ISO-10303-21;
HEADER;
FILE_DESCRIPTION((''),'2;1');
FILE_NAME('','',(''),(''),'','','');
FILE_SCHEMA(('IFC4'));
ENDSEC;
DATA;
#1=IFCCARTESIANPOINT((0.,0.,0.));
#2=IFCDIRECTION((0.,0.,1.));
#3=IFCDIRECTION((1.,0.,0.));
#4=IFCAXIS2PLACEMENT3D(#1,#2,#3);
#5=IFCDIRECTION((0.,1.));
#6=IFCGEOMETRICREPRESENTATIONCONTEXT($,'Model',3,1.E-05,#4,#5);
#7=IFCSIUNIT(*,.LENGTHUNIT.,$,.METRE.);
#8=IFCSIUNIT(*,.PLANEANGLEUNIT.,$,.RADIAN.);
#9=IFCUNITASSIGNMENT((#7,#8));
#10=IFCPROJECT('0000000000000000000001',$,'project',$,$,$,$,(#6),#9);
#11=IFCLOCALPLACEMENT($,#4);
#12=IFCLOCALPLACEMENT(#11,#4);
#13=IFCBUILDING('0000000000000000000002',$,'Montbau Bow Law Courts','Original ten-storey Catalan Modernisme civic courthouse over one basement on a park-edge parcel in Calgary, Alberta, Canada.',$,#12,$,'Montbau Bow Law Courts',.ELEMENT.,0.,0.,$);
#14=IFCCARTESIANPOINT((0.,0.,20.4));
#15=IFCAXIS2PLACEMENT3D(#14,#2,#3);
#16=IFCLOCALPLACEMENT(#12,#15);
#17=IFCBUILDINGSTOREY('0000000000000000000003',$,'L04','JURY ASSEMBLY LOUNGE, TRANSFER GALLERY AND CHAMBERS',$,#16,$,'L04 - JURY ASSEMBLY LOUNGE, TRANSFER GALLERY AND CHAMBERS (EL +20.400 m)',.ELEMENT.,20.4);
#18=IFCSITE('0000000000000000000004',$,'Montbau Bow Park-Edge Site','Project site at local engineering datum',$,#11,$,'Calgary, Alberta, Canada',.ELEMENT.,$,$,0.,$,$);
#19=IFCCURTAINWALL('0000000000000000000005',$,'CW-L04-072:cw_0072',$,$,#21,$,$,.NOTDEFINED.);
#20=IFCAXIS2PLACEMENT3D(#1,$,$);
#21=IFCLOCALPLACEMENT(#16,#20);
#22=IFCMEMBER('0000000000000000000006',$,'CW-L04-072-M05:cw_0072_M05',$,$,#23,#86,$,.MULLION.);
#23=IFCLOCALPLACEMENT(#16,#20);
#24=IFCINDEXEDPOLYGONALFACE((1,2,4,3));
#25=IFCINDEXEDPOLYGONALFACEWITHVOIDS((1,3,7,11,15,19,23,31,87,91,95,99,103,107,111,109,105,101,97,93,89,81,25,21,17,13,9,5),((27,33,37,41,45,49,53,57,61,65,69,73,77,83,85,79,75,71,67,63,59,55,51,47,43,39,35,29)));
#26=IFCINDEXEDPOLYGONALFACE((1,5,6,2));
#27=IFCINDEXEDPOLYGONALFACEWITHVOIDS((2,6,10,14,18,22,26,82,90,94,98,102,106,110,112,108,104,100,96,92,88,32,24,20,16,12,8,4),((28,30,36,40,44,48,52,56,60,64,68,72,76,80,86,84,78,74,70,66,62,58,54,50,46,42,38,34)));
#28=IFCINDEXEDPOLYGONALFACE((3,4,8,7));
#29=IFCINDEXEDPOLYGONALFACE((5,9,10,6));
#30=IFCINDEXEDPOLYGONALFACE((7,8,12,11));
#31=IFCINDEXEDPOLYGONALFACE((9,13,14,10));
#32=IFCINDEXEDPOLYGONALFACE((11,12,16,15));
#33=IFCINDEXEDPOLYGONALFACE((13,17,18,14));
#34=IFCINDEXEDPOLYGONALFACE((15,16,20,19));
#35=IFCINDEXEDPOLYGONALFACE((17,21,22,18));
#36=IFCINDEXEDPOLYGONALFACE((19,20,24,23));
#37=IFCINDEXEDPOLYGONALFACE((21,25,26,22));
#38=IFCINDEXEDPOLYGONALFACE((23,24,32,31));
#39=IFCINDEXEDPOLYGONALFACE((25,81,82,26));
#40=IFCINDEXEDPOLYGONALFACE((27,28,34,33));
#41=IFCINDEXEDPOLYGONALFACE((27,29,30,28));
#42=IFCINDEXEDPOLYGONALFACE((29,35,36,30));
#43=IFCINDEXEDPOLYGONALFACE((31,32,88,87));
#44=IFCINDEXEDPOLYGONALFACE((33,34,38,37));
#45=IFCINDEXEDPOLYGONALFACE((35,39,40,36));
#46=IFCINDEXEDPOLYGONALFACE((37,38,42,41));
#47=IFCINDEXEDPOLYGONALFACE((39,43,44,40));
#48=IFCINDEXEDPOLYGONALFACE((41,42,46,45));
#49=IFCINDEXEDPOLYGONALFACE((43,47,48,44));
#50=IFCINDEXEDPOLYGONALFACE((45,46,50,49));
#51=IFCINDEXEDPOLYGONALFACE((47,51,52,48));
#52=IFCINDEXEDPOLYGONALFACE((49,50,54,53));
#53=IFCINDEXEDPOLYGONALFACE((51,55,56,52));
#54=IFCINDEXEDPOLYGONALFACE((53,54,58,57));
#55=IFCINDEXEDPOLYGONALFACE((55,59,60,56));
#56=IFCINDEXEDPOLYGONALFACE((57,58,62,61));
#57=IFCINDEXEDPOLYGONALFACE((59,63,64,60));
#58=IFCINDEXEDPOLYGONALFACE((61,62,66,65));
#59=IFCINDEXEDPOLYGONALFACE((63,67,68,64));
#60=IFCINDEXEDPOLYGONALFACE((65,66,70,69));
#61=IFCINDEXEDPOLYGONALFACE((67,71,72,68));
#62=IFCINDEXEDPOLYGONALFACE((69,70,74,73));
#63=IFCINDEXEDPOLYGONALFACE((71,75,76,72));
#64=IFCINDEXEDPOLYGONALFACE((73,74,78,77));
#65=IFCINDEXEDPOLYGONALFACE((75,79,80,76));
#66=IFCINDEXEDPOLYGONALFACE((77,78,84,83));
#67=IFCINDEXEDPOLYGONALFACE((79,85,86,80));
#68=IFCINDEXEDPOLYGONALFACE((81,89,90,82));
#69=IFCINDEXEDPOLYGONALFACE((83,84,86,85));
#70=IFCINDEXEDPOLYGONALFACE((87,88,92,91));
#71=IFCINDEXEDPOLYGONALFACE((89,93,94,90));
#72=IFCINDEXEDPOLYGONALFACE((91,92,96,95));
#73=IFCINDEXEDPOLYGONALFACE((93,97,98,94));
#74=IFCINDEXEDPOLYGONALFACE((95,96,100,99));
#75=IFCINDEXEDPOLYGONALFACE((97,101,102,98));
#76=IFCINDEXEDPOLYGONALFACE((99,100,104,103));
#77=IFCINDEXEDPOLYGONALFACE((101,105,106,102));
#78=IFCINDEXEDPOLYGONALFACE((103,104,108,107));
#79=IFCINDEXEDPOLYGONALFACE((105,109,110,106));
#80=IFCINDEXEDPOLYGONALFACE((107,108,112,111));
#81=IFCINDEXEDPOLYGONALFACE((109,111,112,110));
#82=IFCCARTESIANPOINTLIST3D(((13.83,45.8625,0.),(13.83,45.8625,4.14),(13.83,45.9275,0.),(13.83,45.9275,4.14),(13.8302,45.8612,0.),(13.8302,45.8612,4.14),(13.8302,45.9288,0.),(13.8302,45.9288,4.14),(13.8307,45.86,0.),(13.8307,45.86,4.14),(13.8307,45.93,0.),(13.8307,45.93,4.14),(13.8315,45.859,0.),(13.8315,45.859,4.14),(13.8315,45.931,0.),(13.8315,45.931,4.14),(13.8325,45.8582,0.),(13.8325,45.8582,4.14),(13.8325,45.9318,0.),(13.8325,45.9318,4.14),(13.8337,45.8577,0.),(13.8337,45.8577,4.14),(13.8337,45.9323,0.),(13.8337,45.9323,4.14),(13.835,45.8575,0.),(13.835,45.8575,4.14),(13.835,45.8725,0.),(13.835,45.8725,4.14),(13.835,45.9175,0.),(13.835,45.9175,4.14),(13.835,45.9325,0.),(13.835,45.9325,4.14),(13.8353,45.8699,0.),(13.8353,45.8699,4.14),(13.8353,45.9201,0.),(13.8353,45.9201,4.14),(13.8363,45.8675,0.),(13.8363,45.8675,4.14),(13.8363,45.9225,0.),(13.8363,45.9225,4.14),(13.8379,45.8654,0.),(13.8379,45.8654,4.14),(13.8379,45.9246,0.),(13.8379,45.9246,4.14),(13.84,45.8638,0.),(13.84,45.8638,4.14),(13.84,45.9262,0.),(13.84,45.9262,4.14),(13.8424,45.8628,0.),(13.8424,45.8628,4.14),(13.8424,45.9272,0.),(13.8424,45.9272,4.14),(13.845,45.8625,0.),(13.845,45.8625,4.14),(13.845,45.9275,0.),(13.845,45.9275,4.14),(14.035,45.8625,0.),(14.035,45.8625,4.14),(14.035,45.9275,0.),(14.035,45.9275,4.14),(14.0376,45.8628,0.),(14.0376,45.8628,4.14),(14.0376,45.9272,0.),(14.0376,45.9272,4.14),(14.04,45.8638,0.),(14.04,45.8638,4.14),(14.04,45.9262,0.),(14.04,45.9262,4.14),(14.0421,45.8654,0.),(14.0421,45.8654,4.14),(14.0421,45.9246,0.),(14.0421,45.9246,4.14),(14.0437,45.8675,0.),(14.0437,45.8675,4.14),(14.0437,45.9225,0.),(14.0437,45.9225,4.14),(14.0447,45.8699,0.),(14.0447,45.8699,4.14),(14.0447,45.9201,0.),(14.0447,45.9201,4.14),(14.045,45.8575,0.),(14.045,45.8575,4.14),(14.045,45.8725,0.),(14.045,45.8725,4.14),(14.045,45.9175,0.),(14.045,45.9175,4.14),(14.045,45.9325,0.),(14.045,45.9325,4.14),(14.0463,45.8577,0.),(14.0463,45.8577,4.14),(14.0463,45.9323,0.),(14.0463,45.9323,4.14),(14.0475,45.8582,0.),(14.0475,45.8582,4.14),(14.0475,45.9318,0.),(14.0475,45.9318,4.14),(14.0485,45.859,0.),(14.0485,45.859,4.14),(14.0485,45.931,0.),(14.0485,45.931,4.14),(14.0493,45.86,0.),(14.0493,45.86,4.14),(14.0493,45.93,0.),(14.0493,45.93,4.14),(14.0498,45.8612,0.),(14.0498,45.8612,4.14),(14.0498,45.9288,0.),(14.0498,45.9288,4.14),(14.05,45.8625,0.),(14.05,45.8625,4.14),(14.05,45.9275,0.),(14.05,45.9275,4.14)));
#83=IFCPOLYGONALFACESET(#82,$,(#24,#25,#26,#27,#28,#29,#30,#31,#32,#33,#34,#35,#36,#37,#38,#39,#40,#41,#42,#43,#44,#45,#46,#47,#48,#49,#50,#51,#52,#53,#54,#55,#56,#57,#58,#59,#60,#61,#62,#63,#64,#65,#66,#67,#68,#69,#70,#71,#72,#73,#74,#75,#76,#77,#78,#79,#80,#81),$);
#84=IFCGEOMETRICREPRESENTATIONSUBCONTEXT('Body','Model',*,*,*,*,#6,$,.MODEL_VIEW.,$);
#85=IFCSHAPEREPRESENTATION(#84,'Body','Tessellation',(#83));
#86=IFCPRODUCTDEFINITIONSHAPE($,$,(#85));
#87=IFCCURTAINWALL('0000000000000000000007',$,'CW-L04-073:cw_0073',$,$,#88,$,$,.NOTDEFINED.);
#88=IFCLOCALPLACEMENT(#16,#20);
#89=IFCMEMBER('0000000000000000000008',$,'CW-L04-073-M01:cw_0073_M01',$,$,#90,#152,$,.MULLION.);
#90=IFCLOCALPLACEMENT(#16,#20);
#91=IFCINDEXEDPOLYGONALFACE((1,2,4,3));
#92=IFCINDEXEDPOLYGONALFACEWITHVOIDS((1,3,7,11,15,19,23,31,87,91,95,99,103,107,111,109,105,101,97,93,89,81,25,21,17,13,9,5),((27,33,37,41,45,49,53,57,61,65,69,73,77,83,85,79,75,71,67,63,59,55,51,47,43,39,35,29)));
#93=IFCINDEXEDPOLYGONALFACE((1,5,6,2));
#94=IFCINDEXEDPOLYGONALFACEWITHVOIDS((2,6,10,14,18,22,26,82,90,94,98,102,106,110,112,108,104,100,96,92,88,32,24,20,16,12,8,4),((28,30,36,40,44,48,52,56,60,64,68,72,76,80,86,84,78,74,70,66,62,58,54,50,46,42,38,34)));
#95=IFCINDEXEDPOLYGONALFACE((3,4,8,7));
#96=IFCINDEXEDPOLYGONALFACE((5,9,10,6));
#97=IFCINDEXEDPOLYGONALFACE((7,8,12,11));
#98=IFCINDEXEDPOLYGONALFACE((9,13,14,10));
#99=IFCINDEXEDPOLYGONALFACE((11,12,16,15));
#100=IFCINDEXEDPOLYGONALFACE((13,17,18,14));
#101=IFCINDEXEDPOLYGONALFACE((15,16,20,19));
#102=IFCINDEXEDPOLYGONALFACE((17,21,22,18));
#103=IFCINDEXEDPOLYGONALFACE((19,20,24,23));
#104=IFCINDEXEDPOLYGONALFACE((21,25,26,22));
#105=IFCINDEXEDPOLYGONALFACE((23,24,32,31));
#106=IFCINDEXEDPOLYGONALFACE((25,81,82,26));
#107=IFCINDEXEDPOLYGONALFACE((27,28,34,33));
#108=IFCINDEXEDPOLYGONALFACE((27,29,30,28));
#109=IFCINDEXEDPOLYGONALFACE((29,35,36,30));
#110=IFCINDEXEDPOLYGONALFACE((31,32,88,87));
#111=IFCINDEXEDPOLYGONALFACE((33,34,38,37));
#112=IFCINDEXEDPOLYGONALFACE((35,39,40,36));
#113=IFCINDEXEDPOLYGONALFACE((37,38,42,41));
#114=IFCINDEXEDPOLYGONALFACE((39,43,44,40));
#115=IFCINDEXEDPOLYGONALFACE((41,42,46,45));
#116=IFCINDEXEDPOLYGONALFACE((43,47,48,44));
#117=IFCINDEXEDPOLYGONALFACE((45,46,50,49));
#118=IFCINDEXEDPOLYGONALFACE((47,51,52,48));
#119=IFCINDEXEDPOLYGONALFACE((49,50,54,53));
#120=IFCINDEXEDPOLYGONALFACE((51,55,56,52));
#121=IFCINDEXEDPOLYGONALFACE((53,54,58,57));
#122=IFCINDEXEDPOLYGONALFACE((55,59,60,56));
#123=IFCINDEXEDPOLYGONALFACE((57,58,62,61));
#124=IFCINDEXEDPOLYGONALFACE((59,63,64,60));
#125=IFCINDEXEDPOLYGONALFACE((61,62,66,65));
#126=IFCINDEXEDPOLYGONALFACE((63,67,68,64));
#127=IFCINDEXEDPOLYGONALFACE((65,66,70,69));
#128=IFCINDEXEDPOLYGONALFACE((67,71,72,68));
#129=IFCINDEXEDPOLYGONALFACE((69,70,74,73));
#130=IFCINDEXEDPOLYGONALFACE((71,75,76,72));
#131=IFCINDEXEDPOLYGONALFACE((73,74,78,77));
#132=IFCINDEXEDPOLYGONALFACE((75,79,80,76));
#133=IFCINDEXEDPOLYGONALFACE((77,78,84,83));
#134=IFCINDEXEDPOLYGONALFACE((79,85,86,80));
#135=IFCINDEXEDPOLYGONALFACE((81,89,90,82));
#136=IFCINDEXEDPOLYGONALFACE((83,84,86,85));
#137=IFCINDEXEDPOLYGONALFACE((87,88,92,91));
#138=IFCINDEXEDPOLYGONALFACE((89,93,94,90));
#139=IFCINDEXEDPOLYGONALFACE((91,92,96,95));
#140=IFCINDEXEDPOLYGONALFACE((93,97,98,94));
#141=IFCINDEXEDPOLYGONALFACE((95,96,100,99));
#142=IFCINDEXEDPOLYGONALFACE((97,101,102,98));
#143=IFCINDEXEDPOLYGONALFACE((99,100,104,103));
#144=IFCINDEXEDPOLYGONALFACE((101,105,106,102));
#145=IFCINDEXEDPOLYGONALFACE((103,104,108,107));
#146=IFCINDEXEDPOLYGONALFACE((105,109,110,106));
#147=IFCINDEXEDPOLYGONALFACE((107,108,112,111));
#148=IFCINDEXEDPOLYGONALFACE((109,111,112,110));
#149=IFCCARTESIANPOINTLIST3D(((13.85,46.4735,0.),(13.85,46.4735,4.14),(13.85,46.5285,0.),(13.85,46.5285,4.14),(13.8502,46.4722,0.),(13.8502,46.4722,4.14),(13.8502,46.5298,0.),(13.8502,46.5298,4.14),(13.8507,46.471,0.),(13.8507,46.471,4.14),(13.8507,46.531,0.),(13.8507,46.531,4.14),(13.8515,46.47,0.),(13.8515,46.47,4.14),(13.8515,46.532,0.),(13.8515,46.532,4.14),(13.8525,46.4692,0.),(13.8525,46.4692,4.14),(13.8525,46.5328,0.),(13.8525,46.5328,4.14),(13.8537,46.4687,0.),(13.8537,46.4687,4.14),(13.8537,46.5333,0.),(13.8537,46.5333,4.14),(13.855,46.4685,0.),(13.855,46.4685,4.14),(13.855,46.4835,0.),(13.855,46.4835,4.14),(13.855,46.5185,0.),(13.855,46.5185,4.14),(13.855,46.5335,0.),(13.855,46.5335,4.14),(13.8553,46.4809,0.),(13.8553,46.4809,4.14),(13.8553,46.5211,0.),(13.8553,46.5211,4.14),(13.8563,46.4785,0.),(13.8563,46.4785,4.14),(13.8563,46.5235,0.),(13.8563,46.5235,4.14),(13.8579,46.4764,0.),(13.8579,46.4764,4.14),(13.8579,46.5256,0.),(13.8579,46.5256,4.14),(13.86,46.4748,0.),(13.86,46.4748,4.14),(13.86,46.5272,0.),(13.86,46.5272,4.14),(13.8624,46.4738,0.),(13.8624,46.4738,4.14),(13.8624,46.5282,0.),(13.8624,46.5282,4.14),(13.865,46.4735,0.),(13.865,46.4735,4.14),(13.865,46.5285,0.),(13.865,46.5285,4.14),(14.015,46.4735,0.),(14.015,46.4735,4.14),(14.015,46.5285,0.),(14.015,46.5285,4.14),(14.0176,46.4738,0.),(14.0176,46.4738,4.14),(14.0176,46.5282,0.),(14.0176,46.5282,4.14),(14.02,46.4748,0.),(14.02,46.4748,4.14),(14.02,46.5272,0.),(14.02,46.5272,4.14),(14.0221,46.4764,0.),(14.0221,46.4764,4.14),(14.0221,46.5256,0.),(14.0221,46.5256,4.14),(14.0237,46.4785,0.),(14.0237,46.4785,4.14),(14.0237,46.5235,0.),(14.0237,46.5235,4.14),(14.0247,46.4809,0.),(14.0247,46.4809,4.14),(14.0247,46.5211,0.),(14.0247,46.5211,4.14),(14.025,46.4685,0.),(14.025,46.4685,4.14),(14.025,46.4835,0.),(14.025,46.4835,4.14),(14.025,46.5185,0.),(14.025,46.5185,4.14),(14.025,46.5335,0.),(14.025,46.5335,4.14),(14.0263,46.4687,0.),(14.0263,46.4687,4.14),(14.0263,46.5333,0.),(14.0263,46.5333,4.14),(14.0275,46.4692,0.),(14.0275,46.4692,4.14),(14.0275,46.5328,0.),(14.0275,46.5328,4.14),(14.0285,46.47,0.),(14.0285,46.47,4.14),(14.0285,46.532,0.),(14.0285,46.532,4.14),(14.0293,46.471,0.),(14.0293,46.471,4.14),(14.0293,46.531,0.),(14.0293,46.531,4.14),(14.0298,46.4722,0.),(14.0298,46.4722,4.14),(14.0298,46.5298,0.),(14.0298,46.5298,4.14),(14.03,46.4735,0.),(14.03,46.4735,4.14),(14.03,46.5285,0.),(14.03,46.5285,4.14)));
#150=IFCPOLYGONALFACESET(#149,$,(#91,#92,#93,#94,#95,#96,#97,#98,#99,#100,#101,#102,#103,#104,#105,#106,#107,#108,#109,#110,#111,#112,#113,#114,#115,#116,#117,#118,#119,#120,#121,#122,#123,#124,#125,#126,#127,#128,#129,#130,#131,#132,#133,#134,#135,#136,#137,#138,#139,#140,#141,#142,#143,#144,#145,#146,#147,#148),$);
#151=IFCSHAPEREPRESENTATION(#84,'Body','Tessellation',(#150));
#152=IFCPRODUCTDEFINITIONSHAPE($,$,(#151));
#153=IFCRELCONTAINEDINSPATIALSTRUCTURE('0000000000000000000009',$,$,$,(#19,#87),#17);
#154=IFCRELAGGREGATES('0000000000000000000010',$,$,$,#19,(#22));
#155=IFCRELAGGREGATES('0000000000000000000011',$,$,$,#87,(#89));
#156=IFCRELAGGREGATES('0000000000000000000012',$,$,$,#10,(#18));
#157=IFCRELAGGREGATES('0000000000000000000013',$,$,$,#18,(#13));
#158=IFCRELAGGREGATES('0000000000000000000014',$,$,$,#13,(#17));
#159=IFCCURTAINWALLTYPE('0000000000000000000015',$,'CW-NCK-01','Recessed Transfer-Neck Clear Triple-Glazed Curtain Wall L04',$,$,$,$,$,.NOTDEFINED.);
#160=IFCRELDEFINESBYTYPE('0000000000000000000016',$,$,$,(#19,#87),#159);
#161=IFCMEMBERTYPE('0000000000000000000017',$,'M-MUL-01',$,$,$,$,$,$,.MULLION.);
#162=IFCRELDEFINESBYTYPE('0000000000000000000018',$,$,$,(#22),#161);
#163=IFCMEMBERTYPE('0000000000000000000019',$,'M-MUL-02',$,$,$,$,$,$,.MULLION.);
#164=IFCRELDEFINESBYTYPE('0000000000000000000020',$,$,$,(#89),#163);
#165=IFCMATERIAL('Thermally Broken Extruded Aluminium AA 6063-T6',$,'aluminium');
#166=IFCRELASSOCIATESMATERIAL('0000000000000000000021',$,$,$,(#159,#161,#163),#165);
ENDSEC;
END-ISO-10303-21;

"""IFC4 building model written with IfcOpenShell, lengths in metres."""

from ifc_helpers import new_model, si_unit, direction, frame, origin_with_axes, origin_2d_with_axis, place, context, subcontext, project, spatial, hollow_rectangle, extrude, material, material_profile, profile_set, type_object, element, aggregate, save


model = new_model("IFC4")

# Units and contexts
model_context = context("Model", 3, precision=1e-05, world=origin_with_axes(), true_north=direction((0.0, 1.0)))
body_context = subcontext(model_context, "Body", "Model", "MODEL_VIEW")
ifc_project = project(units=[si_unit("LENGTHUNIT", "METRE"), si_unit("PLANEANGLEUNIT", "RADIAN")], contexts=[model_context])

# Site, building, storey
site_placement = place(None, origin_with_axes())
site = spatial("IfcSite", under=ifc_project, at=site_placement, Name="Montbau Bow Park-Edge Site", Description="Project site at local engineering datum", LongName="Calgary, Alberta, Canada", CompositionType="ELEMENT", RefElevation=0.0)
building_placement = place(site_placement, origin_with_axes())
building = spatial("IfcBuilding", under=site, at=building_placement, Name="Montbau Bow Law Courts", Description="Original ten-storey Catalan Modernisme civic courthouse over one basement on a park-edge parcel in Calgary, Alberta, Canada.", LongName="Montbau Bow Law Courts", CompositionType="ELEMENT", ElevationOfRefHeight=0.0, ElevationOfTerrain=0.0)
storey_placement = place(building_placement, frame((0.0, 0.0, 20.4), z_axis=(0.0, 0.0, 1.0), x_axis=(1.0, 0.0, 0.0)))
storey = spatial("IfcBuildingStorey", under=building, at=storey_placement, Name="L04", Description="JURY ASSEMBLY LOUNGE, TRANSFER GALLERY AND CHAMBERS", LongName="L04 - JURY ASSEMBLY LOUNGE, TRANSFER GALLERY AND CHAMBERS (EL +20.400 m)", CompositionType="ELEMENT", Elevation=20.4)

# Curtain wall, member
ifc_material_1 = material(Name="Thermally Broken Extruded Aluminium AA 6063-T6", Category="aluminium")
curtain_wall_type = type_object("IfcCurtainWallType", Name="CW-NCK-01", Description="Recessed Transfer-Neck Clear Triple-Glazed Curtain Wall L04", PredefinedType="NOTDEFINED", material=ifc_material_1)
curtain_wall_1_placement = place(None, frame((13.94, 39.515, 20.4), z_axis=(0.0, 0.0, 1.0), x_axis=(1.0, 0.0, 0.0)))
curtain_wall_1 = element("IfcCurtainWall", 1, at=curtain_wall_1_placement, inside=storey, type_object=curtain_wall_type, Name="CW-L04-072:cw_0072", PredefinedType="NOTDEFINED")
ifc_material_profile_1 = material_profile(ifc_material_1, hollow_rectangle(XDim=0.075, YDim=0.22, WallThickness=0.005, InnerFilletRadius=0.01, OuterFilletRadius=0.005, at=origin_2d_with_axis()), Name="CWM-220X75", Category="Main", Priority=0)
ifc_profile_set_1 = profile_set([ifc_material_profile_1], Name="Thermally Broken Extruded Aluminium AA 6063-T6")
member_type_1 = type_object("IfcMemberType", Name="M-MUL-01", PredefinedType="MULLION", material=ifc_profile_set_1)
member_1_placement = place(None, frame((13.94, 45.895, 20.4), z_axis=(0.0, 0.0, 1.0), x_axis=(0.0, 1.0, 0.0)))
member_1 = element("IfcMember", 2, at=member_1_placement, type_object=member_type_1, Name="CW-L04-072-M05:cw_0072_M05", PredefinedType="MULLION", context=body_context, shape_type="SweptSolid", body=[
    extrude(hollow_rectangle(XDim=0.075, YDim=0.22, WallThickness=0.005, InnerFilletRadius=0.01, OuterFilletRadius=0.005, at=origin_2d_with_axis()), origin_with_axes(), (0.0, 0.0, 1.0), 4.14),
])
aggregate(curtain_wall_1, [member_1])

# Curtain wall, member
curtain_wall_2_placement = place(None, frame((13.94, 46.468, 20.4), z_axis=(0.0, 0.0, 1.0), x_axis=(1.0, 0.0, 0.0)))
curtain_wall_2 = element("IfcCurtainWall", 3, at=curtain_wall_2_placement, inside=storey, type_object=curtain_wall_type, Name="CW-L04-073:cw_0073", PredefinedType="NOTDEFINED")
ifc_material_profile_2 = material_profile(ifc_material_1, hollow_rectangle(XDim=0.065, YDim=0.18, WallThickness=0.005, InnerFilletRadius=0.01, OuterFilletRadius=0.005, at=origin_2d_with_axis()), Name="CWM-180X65", Category="Main", Priority=0)
ifc_profile_set_2 = profile_set([ifc_material_profile_2], Name="Thermally Broken Extruded Aluminium AA 6063-T6")
member_type_2 = type_object("IfcMemberType", Name="M-MUL-02", PredefinedType="MULLION", material=ifc_profile_set_2)
member_2_placement = place(None, frame((13.94, 46.501, 20.4), z_axis=(0.0, 0.0, 1.0), x_axis=(0.0, 1.0, 0.0)))
member_2 = element("IfcMember", 4, at=member_2_placement, type_object=member_type_2, Name="CW-L04-073-M01:cw_0073_M01", PredefinedType="MULLION", context=body_context, shape_type="SweptSolid", body=[
    extrude(hollow_rectangle(XDim=0.065, YDim=0.18, WallThickness=0.005, InnerFilletRadius=0.01, OuterFilletRadius=0.005, at=origin_2d_with_axis()), origin_with_axes(), (0.0, 0.0, 1.0), 4.14),
])
aggregate(curtain_wall_2, [member_2])

save(model, "model.ifc")
